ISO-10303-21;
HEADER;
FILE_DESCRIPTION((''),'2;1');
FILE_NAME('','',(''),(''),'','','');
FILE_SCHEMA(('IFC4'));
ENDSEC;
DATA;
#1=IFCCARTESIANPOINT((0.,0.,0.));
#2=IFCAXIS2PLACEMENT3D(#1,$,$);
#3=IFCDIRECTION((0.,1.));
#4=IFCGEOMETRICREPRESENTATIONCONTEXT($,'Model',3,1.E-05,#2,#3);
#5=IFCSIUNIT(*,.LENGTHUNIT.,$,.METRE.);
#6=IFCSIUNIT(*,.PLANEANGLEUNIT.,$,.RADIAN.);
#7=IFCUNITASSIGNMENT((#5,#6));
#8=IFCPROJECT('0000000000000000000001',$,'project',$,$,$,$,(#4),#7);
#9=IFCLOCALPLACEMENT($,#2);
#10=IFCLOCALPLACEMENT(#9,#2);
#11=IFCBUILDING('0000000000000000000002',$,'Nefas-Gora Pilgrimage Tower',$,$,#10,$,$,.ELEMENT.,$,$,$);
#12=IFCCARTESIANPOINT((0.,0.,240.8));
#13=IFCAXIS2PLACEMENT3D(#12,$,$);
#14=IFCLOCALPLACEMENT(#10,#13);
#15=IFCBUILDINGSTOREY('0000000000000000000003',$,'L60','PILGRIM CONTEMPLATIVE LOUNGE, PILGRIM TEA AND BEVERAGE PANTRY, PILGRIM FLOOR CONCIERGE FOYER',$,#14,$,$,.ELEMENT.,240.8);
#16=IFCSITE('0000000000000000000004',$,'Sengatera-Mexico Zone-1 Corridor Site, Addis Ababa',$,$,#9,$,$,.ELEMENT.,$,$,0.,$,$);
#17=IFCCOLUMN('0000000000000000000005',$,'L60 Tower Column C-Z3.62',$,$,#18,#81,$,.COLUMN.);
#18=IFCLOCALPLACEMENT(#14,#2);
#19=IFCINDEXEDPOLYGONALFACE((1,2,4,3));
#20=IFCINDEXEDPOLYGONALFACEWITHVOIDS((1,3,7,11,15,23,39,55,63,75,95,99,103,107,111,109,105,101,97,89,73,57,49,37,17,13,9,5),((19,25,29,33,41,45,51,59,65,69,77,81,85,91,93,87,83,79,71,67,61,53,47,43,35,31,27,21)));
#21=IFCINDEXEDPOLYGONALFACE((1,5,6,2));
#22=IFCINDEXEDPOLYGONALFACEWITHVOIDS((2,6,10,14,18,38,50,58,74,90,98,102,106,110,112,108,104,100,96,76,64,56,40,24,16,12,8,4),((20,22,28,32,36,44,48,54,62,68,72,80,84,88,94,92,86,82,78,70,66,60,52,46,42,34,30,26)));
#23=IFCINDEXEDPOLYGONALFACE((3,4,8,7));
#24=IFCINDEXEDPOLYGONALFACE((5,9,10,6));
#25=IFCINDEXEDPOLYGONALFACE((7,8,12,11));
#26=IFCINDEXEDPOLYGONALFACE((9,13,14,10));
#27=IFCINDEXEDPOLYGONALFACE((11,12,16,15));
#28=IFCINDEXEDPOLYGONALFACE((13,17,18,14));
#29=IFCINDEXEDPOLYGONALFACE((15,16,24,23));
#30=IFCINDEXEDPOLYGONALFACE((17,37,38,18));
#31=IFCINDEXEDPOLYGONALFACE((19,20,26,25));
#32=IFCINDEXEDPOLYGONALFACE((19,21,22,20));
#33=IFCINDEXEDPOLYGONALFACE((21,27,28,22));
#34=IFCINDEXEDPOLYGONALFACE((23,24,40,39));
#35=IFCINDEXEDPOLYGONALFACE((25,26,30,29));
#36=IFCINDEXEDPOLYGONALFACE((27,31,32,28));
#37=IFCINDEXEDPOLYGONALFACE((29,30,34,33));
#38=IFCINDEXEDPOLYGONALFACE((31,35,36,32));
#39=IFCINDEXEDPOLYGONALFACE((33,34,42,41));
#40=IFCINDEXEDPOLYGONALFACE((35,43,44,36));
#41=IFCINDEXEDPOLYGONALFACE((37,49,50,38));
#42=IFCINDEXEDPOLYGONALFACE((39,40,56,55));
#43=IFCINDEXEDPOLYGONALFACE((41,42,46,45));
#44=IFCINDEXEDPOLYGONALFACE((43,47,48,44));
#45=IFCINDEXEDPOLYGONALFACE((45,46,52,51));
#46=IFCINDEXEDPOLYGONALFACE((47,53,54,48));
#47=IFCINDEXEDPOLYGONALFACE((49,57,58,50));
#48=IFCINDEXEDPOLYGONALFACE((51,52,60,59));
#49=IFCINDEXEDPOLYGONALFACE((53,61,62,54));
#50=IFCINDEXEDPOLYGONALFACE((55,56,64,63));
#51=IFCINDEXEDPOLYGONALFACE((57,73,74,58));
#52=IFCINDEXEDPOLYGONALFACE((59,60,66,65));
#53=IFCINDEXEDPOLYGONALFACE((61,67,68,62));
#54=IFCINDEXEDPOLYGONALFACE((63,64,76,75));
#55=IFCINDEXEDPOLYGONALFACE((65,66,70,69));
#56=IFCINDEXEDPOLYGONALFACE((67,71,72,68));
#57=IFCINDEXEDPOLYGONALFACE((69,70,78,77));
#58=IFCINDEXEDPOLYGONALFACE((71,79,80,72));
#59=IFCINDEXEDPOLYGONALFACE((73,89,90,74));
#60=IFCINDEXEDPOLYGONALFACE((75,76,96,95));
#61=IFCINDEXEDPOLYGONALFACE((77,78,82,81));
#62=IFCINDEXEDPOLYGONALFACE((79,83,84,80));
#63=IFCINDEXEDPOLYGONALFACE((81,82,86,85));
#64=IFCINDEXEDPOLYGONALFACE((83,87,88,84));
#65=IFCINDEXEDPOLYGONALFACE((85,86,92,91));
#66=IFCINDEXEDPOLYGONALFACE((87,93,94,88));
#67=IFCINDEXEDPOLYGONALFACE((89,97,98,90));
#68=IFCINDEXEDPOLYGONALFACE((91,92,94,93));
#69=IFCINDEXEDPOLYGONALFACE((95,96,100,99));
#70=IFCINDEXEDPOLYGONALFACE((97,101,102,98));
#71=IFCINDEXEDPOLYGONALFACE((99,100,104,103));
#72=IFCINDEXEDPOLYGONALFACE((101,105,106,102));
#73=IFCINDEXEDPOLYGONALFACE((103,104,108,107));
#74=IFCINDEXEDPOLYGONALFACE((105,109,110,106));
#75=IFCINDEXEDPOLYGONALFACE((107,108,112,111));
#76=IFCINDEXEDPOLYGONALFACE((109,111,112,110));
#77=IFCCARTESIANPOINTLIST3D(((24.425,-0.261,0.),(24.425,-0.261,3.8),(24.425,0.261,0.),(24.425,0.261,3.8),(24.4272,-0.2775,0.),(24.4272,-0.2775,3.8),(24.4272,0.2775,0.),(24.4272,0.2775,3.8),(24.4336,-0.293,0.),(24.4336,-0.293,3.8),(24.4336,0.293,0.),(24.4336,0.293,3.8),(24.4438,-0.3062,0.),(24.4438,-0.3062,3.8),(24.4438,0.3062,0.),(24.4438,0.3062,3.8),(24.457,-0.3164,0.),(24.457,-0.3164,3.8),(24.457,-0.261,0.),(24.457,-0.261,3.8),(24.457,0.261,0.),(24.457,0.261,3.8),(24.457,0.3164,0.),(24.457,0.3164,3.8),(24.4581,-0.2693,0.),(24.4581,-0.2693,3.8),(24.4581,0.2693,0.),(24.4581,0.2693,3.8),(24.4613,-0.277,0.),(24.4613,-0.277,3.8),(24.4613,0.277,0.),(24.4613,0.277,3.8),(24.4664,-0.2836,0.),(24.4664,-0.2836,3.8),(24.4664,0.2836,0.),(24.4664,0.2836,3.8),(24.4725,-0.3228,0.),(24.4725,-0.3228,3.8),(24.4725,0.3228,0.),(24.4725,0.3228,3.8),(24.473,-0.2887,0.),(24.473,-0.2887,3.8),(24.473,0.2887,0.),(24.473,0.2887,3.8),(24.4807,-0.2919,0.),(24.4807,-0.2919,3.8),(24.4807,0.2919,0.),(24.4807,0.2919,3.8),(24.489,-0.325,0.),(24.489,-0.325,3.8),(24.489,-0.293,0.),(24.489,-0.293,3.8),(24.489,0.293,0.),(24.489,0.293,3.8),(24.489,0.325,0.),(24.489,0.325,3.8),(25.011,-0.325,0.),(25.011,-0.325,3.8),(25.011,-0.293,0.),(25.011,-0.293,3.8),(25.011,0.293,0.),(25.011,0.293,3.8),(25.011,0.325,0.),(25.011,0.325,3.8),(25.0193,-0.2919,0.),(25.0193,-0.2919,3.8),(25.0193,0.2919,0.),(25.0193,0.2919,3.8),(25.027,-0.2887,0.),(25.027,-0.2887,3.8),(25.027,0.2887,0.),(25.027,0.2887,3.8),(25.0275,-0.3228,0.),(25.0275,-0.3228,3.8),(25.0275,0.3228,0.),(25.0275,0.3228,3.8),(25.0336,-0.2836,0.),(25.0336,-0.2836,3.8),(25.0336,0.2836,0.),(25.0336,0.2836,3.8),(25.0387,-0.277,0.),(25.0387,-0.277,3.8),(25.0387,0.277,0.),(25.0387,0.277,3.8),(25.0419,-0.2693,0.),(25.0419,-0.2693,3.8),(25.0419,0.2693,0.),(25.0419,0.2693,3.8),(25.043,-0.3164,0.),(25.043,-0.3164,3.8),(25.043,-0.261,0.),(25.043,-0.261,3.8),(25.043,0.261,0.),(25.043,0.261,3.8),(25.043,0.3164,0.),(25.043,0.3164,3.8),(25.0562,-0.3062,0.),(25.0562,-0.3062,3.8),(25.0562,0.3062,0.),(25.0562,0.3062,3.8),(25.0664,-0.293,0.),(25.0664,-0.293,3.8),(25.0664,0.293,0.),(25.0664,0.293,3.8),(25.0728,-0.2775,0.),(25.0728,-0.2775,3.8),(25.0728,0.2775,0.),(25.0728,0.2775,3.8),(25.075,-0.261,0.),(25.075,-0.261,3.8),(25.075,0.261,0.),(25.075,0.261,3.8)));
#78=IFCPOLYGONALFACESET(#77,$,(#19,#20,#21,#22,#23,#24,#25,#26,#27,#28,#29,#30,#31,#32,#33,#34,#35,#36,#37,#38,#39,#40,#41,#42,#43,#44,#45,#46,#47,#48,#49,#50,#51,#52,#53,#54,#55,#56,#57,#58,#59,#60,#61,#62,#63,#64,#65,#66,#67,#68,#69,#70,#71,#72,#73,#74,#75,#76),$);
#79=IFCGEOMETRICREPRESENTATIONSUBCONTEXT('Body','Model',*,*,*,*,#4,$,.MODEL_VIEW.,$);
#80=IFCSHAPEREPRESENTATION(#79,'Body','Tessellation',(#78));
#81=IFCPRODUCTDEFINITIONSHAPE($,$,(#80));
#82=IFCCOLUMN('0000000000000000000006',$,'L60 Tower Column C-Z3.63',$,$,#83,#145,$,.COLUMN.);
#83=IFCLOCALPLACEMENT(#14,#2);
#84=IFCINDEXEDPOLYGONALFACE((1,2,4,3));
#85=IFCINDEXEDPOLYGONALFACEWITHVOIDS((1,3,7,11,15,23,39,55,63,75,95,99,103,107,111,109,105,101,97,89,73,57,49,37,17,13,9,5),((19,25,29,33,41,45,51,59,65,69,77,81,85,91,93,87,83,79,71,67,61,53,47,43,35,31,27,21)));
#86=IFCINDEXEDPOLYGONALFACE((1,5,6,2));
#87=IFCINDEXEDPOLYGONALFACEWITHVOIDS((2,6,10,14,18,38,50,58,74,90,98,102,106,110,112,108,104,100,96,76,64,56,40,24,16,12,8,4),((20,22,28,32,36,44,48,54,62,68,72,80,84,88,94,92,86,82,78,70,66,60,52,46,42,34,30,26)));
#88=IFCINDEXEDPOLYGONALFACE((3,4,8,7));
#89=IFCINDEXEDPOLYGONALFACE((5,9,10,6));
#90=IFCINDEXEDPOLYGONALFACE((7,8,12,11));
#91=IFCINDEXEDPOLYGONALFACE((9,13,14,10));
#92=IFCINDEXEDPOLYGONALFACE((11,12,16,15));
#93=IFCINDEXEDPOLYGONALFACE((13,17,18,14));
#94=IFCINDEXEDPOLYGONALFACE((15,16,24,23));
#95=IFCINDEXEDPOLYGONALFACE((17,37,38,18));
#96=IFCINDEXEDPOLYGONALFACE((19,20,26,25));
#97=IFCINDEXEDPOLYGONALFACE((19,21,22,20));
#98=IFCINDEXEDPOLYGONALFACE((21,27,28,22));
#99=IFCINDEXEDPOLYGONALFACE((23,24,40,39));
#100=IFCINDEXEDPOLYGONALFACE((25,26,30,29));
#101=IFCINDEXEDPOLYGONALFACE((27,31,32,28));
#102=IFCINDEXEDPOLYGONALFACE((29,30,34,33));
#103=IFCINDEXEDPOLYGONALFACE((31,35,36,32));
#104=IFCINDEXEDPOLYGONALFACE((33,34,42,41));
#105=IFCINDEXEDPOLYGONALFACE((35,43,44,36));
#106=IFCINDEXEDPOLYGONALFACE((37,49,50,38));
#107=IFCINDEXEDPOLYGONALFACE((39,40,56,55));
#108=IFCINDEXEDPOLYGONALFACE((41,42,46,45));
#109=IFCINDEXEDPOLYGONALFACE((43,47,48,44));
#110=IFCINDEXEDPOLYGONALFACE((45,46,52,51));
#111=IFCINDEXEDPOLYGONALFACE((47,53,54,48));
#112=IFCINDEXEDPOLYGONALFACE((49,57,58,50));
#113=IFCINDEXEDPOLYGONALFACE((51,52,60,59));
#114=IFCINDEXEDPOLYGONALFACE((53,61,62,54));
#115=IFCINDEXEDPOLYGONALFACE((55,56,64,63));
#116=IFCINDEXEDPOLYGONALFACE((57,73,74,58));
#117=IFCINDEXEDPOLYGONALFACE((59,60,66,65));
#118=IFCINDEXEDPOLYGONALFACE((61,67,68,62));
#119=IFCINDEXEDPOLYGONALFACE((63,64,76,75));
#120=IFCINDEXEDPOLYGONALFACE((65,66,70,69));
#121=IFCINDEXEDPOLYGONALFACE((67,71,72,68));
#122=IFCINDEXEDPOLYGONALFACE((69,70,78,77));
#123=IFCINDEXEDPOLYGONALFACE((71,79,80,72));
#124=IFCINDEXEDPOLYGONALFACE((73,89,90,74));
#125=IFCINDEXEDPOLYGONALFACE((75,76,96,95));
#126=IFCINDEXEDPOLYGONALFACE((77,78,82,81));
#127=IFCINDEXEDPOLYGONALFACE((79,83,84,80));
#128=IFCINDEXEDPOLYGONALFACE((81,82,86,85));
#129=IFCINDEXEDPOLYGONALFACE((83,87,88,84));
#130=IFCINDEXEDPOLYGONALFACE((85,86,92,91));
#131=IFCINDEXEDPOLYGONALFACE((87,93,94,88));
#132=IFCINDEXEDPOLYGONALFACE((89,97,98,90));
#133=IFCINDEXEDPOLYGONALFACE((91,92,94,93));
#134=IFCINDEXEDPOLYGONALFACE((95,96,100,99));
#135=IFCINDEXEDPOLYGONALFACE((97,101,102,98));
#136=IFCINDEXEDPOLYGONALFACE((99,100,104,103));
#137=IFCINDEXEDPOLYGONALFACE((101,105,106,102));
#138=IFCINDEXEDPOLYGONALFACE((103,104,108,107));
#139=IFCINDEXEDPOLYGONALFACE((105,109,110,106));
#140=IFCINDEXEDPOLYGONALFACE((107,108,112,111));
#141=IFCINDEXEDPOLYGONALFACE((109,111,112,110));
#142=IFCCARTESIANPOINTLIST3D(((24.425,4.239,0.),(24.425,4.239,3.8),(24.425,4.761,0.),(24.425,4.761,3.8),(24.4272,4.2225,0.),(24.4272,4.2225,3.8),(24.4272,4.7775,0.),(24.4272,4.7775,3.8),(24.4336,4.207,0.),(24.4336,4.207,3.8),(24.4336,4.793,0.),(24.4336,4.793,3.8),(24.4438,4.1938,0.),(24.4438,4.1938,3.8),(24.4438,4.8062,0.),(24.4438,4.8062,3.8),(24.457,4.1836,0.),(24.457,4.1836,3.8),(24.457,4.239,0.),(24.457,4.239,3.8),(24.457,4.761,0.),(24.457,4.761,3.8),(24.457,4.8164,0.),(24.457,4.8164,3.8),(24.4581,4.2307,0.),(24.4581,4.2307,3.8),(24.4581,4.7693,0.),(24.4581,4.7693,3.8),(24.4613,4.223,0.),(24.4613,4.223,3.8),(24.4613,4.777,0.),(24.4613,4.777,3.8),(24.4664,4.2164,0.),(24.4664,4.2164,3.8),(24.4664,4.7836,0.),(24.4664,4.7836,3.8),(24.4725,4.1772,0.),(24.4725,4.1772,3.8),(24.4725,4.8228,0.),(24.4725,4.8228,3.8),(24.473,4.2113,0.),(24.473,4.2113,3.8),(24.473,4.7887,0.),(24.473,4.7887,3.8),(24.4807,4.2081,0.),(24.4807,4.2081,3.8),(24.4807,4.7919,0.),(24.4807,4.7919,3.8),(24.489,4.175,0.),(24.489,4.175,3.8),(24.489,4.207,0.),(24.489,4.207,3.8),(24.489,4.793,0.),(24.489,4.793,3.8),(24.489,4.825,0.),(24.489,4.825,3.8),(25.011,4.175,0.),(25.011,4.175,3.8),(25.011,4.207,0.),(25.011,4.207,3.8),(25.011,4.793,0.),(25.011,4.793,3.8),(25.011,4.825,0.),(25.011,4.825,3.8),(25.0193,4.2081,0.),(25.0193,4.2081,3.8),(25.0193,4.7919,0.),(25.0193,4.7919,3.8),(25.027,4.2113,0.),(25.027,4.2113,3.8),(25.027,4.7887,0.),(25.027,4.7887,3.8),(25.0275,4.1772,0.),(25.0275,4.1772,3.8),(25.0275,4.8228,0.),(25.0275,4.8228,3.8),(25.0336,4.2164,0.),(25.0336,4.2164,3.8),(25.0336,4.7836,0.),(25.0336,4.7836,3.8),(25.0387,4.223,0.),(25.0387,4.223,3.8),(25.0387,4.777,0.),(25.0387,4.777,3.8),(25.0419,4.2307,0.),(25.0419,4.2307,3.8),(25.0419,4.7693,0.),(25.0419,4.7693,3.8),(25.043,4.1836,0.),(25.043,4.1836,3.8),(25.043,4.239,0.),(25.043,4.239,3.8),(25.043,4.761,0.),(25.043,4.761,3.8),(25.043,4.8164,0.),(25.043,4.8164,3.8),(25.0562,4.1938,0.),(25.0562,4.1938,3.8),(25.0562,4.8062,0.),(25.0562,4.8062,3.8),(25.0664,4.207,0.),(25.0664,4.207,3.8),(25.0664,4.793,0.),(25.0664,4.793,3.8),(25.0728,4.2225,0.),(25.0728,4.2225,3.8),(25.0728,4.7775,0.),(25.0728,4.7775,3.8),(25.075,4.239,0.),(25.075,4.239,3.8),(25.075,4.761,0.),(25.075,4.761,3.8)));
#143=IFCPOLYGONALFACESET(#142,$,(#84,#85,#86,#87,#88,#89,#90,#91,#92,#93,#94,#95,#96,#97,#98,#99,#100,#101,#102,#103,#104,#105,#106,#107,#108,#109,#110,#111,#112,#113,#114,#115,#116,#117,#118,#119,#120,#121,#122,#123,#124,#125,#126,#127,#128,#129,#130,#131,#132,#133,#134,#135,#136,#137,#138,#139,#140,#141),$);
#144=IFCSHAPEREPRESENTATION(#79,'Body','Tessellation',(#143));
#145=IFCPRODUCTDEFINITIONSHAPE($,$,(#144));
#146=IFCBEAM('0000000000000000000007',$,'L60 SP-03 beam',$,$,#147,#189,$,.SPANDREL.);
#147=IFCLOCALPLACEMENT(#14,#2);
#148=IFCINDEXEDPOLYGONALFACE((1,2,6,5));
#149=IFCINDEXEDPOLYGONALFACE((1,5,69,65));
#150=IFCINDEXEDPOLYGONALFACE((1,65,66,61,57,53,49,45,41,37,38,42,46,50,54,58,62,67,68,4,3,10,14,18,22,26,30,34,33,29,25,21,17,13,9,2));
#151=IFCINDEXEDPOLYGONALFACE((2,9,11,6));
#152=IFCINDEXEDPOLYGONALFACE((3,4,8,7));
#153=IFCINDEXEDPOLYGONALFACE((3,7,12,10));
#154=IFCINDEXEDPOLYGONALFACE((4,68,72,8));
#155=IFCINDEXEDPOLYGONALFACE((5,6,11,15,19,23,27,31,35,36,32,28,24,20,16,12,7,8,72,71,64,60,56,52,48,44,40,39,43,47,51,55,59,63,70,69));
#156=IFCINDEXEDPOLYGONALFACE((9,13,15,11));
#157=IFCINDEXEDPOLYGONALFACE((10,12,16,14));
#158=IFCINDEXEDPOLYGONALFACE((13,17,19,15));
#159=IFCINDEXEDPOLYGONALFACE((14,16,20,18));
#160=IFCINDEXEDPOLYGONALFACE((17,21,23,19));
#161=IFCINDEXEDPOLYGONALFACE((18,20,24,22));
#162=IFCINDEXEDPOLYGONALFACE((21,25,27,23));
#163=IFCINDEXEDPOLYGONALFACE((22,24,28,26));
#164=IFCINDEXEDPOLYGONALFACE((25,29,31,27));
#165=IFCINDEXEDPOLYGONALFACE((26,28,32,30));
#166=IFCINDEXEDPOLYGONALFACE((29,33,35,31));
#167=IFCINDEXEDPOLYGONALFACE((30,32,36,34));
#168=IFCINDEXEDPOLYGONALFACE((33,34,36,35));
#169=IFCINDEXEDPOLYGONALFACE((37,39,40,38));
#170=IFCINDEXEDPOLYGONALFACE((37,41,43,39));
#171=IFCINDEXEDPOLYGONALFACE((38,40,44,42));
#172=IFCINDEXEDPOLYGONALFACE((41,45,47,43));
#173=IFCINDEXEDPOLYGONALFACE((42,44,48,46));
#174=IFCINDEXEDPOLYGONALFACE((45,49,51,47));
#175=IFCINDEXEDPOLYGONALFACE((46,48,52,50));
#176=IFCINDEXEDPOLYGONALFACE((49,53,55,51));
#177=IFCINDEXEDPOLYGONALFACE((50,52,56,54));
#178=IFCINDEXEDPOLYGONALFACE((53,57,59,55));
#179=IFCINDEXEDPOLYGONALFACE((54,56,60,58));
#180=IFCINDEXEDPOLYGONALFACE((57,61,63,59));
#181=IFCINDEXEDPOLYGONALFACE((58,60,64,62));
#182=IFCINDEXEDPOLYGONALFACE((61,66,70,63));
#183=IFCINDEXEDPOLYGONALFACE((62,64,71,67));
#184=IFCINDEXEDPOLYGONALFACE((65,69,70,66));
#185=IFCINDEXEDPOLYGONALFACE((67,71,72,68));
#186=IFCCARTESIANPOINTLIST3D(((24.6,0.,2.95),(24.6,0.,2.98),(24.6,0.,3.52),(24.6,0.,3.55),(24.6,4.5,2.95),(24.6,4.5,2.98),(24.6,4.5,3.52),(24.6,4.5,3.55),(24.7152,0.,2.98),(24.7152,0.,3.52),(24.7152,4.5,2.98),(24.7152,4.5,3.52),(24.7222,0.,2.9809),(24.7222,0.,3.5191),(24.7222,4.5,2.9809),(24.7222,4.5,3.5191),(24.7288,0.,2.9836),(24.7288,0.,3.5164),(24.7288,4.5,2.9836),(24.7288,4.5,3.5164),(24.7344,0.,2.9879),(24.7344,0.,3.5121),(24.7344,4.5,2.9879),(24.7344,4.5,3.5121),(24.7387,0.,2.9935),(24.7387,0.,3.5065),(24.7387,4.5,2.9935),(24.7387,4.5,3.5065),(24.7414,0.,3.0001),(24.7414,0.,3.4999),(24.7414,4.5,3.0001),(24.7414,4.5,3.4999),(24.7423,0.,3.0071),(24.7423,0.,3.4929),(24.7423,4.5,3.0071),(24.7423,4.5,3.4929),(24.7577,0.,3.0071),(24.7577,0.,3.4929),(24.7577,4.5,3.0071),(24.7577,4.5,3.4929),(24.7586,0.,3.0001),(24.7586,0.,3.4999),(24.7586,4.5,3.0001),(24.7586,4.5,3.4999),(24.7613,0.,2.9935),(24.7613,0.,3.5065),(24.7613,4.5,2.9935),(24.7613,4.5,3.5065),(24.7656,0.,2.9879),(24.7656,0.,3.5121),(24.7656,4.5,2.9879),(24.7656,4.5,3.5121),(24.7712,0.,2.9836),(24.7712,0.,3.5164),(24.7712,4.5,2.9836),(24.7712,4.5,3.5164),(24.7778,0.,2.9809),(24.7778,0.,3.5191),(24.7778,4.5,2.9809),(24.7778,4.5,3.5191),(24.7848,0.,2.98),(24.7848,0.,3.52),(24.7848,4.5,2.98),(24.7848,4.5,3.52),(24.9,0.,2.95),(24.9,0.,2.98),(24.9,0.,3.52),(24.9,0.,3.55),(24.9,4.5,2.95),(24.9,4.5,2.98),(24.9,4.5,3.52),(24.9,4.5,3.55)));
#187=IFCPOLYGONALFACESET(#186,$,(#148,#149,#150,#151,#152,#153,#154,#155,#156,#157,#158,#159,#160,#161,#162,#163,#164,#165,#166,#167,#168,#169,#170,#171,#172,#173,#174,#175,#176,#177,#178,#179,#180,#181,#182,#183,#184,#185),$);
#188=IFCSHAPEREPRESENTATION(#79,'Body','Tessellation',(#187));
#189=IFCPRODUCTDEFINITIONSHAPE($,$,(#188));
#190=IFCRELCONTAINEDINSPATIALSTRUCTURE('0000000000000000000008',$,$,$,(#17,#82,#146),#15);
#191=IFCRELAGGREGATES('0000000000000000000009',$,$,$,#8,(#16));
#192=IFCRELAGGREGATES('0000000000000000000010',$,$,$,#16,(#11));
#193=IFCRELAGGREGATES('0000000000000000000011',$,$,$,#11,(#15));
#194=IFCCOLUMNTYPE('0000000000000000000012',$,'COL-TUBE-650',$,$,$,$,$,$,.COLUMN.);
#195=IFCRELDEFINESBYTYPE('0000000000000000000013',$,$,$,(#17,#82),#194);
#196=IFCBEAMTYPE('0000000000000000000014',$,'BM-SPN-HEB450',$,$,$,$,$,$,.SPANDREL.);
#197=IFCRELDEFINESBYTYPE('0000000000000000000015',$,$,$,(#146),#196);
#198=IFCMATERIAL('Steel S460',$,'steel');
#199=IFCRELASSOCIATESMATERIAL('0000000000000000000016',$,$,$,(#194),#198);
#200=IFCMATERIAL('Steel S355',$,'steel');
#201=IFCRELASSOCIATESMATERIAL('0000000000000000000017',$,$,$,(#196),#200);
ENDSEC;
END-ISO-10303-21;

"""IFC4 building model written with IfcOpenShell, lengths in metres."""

from ifc_helpers import new_model, si_unit, direction, frame, origin, origin_2d, place, context, subcontext, project, spatial, hollow_rectangle, i_section, extrude, source, transform, mapped, material, material_profile, profile_set, type_object, element, save


model = new_model("IFC4")

# Units and contexts
model_context = context("Model", 3, precision=1e-05, world=origin(), true_north=direction((0.0, 1.0)))
body_context = subcontext(model_context, "Body", "Model", "MODEL_VIEW")
ifc_project = project(units=[si_unit("LENGTHUNIT", "METRE"), si_unit("PLANEANGLEUNIT", "RADIAN")], contexts=[model_context])

# Site, building, storey
site_placement = place(None, origin())
site = spatial("IfcSite", under=ifc_project, at=site_placement, Name="Sengatera-Mexico Zone-1 Corridor Site, Addis Ababa", CompositionType="ELEMENT", RefElevation=0.0)
building_placement = place(site_placement, origin())
building = spatial("IfcBuilding", under=site, at=building_placement, Name="Nefas-Gora Pilgrimage Tower", CompositionType="ELEMENT")
storey_placement = place(building_placement, frame((0.0, 0.0, 240.8)))
storey = spatial("IfcBuildingStorey", under=building, at=storey_placement, Name="L60", Description="PILGRIM CONTEMPLATIVE LOUNGE, PILGRIM TEA AND BEVERAGE PANTRY, PILGRIM FLOOR CONCIERGE FOYER", CompositionType="ELEMENT", Elevation=240.8)

# Columns
ifc_material_1 = material(Name="Steel S460", Category="steel")
ifc_material_profile_1 = material_profile(ifc_material_1, hollow_rectangle(XDim=0.6499, YDim=0.6499, WallThickness=0.032, InnerFilletRadius=0.032, OuterFilletRadius=0.064, at=origin_2d()), Name="BOX 650x650x32")
ifc_profile_set_1 = profile_set([ifc_material_profile_1], Name="Steel S460")
column_type_1 = type_object("IfcColumnType", Name="COL-TUBE-650", PredefinedType="COLUMN", material=ifc_profile_set_1)
shared_shape_1 = source(origin(), body_context, "Body", "SweptSolid", [
    extrude(hollow_rectangle(XDim=0.6499, YDim=0.6499, WallThickness=0.032, InnerFilletRadius=0.032, OuterFilletRadius=0.064, at=origin_2d()), origin(), (0.0, 0.0, 1.0), 3.8),
])
for number, where, z_axis, x_axis, name in (
    (1, (24.75, 0.0, 0.0), (0.0, 0.0, 1.0), (1.0, 0.0, 0.0), "L60 Tower Column C-Z3.62"),
    (2, (24.75, 4.5, 0.0), (0.0, 0.0, 1.0), (1.0, 0.0, 0.0), "L60 Tower Column C-Z3.63"),
):
    element("IfcColumn", number, at=place(storey_placement, frame(where, z_axis=z_axis, x_axis=x_axis)), inside=storey, type_object=column_type_1, Name=name, PredefinedType="COLUMN", context=body_context, shape_type="MappedRepresentation", body=[
        mapped(shared_shape_1, transform((0.0, 0.0, 0.0), x_axis=(1.0, 0.0, 0.0), y_axis=(0.0, 1.0, 0.0), z_axis=(0.0, 0.0, 1.0), scale=1.0)),
    ])

# Beam
ifc_material_2 = material(Name="Steel S355", Category="steel")
ifc_material_profile_2 = material_profile(ifc_material_2, i_section(OverallWidth=0.3, OverallDepth=0.6001, WebThickness=0.0154, FlangeThickness=0.03, FilletRadius=0.0271, at=origin_2d()), Name="HEB 600")
ifc_profile_set_2 = profile_set([ifc_material_profile_2], Name="Steel S355")
beam_type_1 = type_object("IfcBeamType", Name="BM-SPN-HEB450", PredefinedType="SPANDREL", material=ifc_profile_set_2)
shared_shape_2 = source(origin(), body_context, "Body", "SweptSolid", [
    extrude(i_section(OverallWidth=0.3, OverallDepth=0.6001, WebThickness=0.0154, FlangeThickness=0.03, FilletRadius=0.0271, at=origin_2d()), origin(), (0.0, 0.0, 1.0), 4.5),
])
for number, where, z_axis, x_axis, name in (
    (3, (24.75, 0.0, 3.25), (0.0, 1.0, 0.0), (-1.0, 0.0, 0.0), "L60 SP-03 beam"),
):
    element("IfcBeam", number, at=place(storey_placement, frame(where, z_axis=z_axis, x_axis=x_axis)), inside=storey, type_object=beam_type_1, Name=name, PredefinedType="SPANDREL", context=body_context, shape_type="MappedRepresentation", body=[
        mapped(shared_shape_2, transform((0.0, 0.0, 0.0), x_axis=(1.0, 0.0, 0.0), y_axis=(0.0, 1.0, 0.0), z_axis=(0.0, 0.0, 1.0), scale=1.0)),
    ])

save(model, "model.ifc")
